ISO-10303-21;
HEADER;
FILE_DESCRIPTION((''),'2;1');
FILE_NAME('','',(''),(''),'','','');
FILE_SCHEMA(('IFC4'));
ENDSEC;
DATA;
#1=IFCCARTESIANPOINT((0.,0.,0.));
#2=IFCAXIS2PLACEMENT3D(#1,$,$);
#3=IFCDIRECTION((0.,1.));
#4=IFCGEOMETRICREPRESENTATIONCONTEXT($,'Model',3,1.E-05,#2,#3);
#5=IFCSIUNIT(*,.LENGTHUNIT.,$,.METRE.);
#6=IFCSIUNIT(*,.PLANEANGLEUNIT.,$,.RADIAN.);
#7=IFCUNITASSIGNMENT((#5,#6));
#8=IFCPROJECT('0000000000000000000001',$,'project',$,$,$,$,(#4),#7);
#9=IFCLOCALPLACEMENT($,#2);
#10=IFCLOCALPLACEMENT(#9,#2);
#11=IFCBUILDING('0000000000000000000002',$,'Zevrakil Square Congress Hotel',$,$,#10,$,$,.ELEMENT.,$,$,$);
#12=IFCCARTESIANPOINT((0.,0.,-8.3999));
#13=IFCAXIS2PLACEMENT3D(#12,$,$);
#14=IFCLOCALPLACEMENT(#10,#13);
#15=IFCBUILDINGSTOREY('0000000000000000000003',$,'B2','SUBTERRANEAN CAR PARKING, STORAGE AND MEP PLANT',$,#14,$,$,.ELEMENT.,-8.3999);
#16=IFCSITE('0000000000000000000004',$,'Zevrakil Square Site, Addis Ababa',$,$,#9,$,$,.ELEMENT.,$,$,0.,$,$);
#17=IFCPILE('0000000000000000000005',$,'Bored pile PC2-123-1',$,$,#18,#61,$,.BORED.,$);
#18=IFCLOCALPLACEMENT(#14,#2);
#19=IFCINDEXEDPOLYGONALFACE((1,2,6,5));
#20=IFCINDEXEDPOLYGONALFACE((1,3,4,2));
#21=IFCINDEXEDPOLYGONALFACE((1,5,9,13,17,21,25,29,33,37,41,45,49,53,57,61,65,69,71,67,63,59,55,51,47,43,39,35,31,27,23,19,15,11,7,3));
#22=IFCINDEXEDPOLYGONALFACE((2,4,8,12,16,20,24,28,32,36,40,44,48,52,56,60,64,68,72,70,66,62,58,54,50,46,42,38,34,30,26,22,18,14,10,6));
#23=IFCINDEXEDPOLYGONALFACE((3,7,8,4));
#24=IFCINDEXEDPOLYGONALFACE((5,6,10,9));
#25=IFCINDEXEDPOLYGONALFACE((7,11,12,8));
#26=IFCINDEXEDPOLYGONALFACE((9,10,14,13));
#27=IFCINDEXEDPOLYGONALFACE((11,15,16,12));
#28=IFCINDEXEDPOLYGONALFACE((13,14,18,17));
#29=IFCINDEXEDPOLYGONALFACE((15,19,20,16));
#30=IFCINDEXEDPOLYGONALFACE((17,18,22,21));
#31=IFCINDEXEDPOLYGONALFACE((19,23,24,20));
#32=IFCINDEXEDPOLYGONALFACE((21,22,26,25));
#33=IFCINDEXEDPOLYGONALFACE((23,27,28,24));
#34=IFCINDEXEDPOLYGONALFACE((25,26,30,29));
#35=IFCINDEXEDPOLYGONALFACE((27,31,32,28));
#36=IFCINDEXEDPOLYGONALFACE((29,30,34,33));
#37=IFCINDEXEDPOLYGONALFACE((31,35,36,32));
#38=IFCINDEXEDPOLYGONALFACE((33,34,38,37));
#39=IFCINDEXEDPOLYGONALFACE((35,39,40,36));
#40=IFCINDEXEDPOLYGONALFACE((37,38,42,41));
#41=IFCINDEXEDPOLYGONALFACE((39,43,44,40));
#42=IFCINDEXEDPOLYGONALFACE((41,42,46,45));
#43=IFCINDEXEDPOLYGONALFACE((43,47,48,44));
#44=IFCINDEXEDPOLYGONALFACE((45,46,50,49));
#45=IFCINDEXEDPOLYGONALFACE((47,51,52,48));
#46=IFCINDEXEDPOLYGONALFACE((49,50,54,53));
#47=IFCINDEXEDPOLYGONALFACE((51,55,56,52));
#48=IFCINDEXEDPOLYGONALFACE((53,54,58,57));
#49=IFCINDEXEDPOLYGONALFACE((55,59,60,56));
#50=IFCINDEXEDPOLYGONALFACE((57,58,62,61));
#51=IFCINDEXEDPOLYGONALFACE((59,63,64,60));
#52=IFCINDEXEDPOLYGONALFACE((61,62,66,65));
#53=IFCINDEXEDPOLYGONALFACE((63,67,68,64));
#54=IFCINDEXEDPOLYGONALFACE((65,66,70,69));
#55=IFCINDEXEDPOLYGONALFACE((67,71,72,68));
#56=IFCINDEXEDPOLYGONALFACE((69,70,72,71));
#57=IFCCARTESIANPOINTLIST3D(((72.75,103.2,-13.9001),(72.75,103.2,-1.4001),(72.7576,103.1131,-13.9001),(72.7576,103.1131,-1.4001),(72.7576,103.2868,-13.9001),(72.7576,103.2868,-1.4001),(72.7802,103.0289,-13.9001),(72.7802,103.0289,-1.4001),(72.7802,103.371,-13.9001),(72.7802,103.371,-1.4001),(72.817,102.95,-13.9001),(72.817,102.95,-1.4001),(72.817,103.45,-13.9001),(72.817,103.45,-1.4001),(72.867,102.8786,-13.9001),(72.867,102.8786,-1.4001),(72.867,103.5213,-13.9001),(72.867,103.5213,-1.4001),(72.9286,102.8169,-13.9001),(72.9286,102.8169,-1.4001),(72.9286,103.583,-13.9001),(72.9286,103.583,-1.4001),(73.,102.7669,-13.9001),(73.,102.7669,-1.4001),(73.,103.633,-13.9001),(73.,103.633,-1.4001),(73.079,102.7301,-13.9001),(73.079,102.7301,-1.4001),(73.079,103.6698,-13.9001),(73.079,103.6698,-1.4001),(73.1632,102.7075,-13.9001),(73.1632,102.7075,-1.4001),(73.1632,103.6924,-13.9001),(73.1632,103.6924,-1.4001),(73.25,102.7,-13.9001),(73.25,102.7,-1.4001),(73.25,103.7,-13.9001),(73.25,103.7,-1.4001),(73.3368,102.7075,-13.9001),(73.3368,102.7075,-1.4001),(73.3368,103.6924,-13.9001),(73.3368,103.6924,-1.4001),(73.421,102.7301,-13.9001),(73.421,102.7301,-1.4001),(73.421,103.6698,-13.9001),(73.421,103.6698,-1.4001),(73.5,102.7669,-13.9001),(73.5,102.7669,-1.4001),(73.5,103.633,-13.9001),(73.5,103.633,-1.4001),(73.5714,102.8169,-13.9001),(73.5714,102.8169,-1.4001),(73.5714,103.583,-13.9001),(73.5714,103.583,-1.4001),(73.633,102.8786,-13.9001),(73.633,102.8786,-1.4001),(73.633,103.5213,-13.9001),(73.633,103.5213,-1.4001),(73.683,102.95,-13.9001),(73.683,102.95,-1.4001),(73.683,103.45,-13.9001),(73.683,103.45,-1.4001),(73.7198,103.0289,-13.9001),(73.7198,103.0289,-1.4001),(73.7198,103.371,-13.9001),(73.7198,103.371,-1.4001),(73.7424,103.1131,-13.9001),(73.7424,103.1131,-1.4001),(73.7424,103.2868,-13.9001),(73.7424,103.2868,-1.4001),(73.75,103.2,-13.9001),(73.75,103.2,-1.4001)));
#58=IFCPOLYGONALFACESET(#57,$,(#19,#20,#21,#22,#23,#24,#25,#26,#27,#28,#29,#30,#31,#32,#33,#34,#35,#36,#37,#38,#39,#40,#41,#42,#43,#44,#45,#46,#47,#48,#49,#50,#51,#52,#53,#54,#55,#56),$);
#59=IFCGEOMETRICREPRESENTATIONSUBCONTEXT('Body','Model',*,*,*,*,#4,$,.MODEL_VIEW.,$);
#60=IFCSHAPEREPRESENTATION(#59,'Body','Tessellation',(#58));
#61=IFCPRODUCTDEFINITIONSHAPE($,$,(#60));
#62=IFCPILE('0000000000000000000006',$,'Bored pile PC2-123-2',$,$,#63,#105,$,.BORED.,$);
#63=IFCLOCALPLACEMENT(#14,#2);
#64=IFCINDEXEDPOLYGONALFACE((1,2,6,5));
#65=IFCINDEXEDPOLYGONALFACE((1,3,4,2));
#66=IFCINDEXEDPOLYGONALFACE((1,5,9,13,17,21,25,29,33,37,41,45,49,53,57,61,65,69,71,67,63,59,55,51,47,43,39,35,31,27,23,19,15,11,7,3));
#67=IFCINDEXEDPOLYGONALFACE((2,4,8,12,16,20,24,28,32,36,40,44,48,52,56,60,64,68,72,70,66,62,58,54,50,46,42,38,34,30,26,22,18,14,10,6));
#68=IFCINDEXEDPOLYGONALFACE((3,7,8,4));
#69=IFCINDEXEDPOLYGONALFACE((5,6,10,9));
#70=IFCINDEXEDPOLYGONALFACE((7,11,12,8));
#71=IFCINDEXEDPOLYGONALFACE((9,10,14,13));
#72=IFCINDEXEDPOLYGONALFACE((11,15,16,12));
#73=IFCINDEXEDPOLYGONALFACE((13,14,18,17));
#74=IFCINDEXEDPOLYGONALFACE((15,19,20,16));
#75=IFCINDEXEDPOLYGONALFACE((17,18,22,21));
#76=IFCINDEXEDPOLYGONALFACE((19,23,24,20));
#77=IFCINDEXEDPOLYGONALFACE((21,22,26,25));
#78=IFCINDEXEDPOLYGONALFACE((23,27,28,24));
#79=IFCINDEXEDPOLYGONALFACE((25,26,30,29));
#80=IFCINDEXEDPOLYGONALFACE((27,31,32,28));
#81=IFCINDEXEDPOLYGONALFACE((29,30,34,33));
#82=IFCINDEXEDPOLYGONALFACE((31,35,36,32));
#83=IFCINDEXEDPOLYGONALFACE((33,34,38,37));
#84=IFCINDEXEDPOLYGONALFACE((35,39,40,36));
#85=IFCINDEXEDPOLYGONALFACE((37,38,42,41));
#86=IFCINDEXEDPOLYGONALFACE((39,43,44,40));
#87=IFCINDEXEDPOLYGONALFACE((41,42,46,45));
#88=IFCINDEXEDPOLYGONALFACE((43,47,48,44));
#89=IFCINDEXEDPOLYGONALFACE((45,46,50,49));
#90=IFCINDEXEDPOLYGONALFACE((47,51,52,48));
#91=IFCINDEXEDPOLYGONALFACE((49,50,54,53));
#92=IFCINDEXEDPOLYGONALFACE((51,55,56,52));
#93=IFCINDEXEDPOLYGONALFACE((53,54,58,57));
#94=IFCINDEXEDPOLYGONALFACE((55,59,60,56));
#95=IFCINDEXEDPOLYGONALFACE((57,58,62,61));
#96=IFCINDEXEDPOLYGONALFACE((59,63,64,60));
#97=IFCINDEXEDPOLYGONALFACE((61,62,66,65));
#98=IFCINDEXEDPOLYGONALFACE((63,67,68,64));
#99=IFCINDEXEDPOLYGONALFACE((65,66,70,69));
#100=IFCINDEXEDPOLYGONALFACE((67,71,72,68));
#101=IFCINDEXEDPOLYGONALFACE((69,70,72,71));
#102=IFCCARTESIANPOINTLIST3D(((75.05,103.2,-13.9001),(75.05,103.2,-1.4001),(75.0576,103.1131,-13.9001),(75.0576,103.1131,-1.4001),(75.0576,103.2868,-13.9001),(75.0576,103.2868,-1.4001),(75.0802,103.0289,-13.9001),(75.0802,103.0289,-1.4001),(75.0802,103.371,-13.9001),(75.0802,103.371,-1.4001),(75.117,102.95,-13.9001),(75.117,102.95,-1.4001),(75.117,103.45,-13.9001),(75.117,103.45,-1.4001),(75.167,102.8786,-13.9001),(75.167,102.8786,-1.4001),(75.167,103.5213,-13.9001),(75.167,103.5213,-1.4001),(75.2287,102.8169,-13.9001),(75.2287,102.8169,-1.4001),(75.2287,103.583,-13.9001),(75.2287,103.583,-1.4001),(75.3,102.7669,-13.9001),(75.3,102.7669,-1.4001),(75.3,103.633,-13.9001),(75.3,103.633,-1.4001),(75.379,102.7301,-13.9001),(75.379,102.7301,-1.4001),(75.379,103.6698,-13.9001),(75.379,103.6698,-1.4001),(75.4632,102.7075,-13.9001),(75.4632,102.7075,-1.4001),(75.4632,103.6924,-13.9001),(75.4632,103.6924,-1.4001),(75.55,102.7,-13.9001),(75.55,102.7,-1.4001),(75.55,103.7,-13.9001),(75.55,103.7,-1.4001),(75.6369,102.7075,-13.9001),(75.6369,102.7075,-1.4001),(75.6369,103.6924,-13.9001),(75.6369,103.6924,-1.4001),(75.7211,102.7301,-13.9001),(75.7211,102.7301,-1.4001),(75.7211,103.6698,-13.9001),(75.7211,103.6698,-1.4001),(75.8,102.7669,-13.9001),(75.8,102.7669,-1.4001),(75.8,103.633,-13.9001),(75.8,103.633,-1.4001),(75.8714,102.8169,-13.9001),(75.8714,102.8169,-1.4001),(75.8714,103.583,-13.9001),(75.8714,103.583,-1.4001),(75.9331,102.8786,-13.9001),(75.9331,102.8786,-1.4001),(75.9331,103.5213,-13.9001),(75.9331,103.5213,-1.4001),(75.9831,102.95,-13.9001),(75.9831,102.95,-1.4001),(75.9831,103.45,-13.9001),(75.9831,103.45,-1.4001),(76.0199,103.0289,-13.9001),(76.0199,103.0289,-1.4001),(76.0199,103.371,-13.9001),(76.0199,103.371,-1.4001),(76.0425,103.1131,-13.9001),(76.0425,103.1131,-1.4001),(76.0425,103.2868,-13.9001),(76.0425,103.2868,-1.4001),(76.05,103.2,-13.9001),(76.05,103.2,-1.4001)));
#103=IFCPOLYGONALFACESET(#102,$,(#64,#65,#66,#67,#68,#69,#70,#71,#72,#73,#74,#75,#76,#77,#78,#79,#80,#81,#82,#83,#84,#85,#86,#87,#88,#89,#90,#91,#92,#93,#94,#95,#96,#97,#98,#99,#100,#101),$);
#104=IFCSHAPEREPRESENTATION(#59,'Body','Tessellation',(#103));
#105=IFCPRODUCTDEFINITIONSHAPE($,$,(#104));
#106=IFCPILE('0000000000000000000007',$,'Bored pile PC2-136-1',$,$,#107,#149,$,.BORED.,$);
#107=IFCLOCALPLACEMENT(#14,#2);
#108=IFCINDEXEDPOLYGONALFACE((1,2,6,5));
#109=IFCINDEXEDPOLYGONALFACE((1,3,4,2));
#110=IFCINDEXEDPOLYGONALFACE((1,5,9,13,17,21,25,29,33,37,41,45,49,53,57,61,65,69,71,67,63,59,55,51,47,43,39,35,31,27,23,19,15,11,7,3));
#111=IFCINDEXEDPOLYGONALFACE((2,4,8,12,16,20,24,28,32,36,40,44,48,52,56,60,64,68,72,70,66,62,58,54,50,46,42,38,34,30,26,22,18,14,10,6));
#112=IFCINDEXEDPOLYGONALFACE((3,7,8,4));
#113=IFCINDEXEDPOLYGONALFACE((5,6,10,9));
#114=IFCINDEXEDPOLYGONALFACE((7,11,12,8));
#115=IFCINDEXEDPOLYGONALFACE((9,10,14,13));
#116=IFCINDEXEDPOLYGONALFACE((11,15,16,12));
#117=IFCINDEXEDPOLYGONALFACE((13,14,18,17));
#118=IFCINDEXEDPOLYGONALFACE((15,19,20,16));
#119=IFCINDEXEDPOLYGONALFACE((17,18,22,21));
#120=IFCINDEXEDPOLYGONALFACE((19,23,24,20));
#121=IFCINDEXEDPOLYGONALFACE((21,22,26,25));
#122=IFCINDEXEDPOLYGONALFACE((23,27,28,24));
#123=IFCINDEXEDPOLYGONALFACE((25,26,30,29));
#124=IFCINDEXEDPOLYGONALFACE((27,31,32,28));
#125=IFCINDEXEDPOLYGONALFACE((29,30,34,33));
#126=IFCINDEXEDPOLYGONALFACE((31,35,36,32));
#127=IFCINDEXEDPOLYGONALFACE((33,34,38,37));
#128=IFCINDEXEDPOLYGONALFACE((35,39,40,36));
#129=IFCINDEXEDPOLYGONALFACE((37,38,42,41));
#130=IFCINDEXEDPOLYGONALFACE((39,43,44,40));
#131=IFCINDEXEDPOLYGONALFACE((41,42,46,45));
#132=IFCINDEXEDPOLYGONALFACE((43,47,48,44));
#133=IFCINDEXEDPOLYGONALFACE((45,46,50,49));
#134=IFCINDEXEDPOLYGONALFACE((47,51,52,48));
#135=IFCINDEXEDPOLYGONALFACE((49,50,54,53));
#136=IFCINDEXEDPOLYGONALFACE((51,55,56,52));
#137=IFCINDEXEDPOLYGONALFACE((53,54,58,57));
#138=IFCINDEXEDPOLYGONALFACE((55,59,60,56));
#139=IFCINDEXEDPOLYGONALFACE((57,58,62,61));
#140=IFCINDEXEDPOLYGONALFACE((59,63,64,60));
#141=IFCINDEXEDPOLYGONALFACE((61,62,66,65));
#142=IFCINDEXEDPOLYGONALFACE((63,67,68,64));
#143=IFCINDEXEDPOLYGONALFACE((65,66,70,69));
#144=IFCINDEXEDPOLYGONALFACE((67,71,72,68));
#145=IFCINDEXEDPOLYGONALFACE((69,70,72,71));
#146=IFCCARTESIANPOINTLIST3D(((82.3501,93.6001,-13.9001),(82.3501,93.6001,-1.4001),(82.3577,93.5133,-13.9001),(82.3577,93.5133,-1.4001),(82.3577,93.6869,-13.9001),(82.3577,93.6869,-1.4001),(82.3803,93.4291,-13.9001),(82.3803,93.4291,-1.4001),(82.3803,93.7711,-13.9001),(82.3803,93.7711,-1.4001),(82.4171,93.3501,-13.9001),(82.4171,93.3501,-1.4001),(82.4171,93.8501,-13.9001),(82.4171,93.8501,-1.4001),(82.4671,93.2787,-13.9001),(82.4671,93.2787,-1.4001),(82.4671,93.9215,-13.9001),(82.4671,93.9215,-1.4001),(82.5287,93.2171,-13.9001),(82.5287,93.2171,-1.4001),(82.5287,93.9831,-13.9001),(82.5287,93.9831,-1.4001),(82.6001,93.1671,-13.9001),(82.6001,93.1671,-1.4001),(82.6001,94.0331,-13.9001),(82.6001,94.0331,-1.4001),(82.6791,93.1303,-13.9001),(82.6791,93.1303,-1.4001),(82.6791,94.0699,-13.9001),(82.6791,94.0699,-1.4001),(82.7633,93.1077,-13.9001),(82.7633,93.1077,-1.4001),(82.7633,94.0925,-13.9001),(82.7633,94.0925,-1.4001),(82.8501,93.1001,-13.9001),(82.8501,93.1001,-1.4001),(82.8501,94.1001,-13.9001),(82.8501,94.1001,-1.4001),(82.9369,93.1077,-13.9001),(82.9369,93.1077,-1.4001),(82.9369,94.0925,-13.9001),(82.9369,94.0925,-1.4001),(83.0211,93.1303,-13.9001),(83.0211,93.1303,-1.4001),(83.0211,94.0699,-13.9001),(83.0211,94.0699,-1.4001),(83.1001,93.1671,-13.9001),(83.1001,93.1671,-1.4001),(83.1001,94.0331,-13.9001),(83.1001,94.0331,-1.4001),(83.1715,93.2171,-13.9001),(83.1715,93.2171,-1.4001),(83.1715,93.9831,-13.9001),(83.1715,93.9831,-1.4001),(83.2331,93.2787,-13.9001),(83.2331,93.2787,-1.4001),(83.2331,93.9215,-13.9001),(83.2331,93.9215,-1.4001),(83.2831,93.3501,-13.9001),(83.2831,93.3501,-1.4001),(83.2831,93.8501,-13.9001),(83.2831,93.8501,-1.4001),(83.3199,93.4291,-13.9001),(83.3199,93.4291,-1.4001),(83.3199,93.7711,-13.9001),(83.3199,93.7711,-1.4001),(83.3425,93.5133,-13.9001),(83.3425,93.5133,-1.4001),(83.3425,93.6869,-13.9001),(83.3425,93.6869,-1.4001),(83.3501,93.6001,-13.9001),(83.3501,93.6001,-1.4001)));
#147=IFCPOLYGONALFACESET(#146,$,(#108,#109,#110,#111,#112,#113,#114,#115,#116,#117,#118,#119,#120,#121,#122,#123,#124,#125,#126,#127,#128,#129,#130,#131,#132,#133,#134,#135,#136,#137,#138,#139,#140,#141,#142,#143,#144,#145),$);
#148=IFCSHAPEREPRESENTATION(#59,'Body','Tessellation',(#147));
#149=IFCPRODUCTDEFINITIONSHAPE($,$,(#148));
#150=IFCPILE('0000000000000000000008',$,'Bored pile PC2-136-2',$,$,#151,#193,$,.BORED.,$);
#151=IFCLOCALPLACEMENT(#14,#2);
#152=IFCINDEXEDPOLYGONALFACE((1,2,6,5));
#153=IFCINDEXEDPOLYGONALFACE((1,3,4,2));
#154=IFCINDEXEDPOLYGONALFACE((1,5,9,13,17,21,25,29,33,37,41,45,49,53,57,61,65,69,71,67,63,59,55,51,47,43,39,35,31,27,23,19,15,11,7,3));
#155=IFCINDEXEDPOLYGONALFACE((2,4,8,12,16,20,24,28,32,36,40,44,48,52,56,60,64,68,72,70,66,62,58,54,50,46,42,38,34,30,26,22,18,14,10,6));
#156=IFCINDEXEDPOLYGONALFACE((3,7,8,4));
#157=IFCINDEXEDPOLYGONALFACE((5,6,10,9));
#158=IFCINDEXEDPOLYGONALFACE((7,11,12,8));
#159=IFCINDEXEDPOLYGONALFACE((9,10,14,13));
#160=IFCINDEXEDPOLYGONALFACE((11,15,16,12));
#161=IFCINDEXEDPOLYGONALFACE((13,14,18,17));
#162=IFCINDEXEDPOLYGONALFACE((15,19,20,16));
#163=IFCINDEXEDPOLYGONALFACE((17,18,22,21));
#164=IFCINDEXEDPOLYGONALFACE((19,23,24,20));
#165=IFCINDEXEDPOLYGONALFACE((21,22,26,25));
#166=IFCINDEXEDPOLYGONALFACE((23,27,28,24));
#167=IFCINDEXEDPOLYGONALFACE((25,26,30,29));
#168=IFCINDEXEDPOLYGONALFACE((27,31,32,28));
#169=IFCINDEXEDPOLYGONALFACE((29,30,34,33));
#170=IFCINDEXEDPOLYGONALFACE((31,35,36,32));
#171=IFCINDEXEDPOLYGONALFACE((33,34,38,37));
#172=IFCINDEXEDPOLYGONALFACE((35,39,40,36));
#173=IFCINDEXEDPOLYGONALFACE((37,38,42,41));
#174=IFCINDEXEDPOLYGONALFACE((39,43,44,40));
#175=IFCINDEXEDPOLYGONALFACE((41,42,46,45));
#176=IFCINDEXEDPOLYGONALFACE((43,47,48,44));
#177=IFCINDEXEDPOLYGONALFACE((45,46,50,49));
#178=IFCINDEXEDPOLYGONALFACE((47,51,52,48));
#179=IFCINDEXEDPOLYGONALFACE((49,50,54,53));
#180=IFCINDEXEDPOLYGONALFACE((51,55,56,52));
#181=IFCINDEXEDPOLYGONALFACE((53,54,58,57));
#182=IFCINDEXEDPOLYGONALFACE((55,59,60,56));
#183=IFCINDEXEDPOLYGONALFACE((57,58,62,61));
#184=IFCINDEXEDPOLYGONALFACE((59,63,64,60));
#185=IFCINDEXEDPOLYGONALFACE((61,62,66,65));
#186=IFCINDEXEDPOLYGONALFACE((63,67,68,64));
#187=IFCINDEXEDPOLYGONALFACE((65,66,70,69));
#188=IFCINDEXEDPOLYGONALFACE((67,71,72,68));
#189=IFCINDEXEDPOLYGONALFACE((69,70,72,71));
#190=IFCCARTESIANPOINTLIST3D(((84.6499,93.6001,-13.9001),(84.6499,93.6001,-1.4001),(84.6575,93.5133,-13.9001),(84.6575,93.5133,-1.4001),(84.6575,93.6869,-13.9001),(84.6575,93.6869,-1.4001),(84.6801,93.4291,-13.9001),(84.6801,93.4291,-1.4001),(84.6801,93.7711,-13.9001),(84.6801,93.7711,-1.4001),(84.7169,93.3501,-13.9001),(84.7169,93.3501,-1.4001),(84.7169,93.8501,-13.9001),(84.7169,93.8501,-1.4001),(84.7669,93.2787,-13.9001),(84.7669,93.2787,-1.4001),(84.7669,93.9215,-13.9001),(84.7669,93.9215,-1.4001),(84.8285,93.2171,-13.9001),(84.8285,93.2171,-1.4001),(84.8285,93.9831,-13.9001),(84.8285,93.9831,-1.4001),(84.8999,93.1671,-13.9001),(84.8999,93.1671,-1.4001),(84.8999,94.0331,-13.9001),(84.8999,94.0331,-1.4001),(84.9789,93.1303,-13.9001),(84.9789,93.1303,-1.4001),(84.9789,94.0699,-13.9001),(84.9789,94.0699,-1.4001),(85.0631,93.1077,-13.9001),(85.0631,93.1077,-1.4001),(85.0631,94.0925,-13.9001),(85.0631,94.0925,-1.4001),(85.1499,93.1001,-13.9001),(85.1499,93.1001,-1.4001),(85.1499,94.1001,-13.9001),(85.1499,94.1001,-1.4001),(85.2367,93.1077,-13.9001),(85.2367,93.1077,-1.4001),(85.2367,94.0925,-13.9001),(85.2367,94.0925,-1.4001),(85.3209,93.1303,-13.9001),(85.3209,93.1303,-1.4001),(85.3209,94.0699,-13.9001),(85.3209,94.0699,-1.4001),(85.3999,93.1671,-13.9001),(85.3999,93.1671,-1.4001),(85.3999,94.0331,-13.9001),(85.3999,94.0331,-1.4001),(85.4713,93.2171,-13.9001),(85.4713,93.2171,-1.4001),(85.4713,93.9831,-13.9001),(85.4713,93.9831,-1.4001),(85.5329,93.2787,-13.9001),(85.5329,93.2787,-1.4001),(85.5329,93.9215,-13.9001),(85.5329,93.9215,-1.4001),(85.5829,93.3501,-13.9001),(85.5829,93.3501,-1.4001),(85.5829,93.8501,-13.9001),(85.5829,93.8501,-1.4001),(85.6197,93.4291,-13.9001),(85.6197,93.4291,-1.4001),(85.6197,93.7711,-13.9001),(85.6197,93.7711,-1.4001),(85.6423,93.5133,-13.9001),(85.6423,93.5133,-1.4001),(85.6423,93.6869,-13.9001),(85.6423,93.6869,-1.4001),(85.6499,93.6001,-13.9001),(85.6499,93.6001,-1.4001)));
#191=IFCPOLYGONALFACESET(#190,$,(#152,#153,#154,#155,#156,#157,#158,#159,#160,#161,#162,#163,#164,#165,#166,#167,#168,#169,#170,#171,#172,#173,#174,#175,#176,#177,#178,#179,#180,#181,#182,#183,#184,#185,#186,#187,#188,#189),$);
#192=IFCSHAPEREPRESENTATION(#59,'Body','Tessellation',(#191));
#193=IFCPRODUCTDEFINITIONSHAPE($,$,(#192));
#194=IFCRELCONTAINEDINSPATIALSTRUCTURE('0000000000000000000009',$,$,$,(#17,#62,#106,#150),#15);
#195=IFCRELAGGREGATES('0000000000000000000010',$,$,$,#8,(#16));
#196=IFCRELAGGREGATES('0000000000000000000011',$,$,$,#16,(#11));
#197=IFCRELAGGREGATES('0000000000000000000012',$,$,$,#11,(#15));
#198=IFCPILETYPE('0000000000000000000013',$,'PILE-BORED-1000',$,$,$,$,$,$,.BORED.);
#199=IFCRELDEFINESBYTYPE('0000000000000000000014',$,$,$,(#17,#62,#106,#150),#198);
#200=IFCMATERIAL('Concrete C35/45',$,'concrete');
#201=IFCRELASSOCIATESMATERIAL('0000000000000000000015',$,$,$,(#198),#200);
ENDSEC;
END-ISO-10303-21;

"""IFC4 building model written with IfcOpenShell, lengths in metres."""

from ifc_helpers import new_model, si_unit, direction, frame, origin, origin_2d, place, context, subcontext, project, spatial, circle, extrude, material, material_profile, profile_set, type_object, element, save


model = new_model("IFC4")

# Units and contexts
model_context = context("Model", 3, precision=1e-05, world=origin(), true_north=direction((0.0, 1.0)))
body_context = subcontext(model_context, "Body", "Model", "MODEL_VIEW")
ifc_project = project(units=[si_unit("LENGTHUNIT", "METRE"), si_unit("PLANEANGLEUNIT", "RADIAN")], contexts=[model_context])

# Site, building, storey
site_placement = place(None, origin())
site = spatial("IfcSite", under=ifc_project, at=site_placement, Name="Zevrakil Square Site, Addis Ababa", CompositionType="ELEMENT", RefElevation=0.0)
building_placement = place(site_placement, origin())
building = spatial("IfcBuilding", under=site, at=building_placement, Name="Zevrakil Square Congress Hotel", CompositionType="ELEMENT")
storey_placement = place(building_placement, frame((0.0, 0.0, -8.3999)))
storey = spatial("IfcBuildingStorey", under=building, at=storey_placement, Name="B2", Description="SUBTERRANEAN CAR PARKING, STORAGE AND MEP PLANT", CompositionType="ELEMENT", Elevation=-8.3999)

# Piles
ifc_material_1 = material(Name="Concrete C35/45", Category="concrete")
ifc_material_profile_1 = material_profile(ifc_material_1, circle(Radius=0.5, at=origin_2d()), Name="PILE D1000")
ifc_profile_set_1 = profile_set([ifc_material_profile_1], Name="Concrete C35/45")
pile_type = type_object("IfcPileType", Name="PILE-BORED-1000", PredefinedType="BORED", material=ifc_profile_set_1)
for number, where, z_axis, x_axis, name in (
    (1, (73.25, 103.2, -1.4001), (0.0, 0.0, -1.0), (1.0, 0.0, 0.0), "Bored pile PC2-123-1"),
    (2, (75.55, 103.2, -1.4001), (0.0, 0.0, -1.0), (1.0, 0.0, 0.0), "Bored pile PC2-123-2"),
    (3, (82.8501, 93.6001, -1.4001), (0.0, 0.0, -1.0), (1.0, 0.0, 0.0), "Bored pile PC2-136-1"),
    (4, (85.1499, 93.6001, -1.4001), (0.0, 0.0, -1.0), (1.0, 0.0, 0.0), "Bored pile PC2-136-2"),
):
    element("IfcPile", number, at=place(storey_placement, frame(where, z_axis=z_axis, x_axis=x_axis)), inside=storey, type_object=pile_type, Name=name, PredefinedType="BORED", context=body_context, shape_type="SweptSolid", body=[
        extrude(circle(Radius=0.5, at=origin_2d()), origin(), (0.0, 0.0, 1.0), 12.5),
    ])

save(model, "model.ifc")
